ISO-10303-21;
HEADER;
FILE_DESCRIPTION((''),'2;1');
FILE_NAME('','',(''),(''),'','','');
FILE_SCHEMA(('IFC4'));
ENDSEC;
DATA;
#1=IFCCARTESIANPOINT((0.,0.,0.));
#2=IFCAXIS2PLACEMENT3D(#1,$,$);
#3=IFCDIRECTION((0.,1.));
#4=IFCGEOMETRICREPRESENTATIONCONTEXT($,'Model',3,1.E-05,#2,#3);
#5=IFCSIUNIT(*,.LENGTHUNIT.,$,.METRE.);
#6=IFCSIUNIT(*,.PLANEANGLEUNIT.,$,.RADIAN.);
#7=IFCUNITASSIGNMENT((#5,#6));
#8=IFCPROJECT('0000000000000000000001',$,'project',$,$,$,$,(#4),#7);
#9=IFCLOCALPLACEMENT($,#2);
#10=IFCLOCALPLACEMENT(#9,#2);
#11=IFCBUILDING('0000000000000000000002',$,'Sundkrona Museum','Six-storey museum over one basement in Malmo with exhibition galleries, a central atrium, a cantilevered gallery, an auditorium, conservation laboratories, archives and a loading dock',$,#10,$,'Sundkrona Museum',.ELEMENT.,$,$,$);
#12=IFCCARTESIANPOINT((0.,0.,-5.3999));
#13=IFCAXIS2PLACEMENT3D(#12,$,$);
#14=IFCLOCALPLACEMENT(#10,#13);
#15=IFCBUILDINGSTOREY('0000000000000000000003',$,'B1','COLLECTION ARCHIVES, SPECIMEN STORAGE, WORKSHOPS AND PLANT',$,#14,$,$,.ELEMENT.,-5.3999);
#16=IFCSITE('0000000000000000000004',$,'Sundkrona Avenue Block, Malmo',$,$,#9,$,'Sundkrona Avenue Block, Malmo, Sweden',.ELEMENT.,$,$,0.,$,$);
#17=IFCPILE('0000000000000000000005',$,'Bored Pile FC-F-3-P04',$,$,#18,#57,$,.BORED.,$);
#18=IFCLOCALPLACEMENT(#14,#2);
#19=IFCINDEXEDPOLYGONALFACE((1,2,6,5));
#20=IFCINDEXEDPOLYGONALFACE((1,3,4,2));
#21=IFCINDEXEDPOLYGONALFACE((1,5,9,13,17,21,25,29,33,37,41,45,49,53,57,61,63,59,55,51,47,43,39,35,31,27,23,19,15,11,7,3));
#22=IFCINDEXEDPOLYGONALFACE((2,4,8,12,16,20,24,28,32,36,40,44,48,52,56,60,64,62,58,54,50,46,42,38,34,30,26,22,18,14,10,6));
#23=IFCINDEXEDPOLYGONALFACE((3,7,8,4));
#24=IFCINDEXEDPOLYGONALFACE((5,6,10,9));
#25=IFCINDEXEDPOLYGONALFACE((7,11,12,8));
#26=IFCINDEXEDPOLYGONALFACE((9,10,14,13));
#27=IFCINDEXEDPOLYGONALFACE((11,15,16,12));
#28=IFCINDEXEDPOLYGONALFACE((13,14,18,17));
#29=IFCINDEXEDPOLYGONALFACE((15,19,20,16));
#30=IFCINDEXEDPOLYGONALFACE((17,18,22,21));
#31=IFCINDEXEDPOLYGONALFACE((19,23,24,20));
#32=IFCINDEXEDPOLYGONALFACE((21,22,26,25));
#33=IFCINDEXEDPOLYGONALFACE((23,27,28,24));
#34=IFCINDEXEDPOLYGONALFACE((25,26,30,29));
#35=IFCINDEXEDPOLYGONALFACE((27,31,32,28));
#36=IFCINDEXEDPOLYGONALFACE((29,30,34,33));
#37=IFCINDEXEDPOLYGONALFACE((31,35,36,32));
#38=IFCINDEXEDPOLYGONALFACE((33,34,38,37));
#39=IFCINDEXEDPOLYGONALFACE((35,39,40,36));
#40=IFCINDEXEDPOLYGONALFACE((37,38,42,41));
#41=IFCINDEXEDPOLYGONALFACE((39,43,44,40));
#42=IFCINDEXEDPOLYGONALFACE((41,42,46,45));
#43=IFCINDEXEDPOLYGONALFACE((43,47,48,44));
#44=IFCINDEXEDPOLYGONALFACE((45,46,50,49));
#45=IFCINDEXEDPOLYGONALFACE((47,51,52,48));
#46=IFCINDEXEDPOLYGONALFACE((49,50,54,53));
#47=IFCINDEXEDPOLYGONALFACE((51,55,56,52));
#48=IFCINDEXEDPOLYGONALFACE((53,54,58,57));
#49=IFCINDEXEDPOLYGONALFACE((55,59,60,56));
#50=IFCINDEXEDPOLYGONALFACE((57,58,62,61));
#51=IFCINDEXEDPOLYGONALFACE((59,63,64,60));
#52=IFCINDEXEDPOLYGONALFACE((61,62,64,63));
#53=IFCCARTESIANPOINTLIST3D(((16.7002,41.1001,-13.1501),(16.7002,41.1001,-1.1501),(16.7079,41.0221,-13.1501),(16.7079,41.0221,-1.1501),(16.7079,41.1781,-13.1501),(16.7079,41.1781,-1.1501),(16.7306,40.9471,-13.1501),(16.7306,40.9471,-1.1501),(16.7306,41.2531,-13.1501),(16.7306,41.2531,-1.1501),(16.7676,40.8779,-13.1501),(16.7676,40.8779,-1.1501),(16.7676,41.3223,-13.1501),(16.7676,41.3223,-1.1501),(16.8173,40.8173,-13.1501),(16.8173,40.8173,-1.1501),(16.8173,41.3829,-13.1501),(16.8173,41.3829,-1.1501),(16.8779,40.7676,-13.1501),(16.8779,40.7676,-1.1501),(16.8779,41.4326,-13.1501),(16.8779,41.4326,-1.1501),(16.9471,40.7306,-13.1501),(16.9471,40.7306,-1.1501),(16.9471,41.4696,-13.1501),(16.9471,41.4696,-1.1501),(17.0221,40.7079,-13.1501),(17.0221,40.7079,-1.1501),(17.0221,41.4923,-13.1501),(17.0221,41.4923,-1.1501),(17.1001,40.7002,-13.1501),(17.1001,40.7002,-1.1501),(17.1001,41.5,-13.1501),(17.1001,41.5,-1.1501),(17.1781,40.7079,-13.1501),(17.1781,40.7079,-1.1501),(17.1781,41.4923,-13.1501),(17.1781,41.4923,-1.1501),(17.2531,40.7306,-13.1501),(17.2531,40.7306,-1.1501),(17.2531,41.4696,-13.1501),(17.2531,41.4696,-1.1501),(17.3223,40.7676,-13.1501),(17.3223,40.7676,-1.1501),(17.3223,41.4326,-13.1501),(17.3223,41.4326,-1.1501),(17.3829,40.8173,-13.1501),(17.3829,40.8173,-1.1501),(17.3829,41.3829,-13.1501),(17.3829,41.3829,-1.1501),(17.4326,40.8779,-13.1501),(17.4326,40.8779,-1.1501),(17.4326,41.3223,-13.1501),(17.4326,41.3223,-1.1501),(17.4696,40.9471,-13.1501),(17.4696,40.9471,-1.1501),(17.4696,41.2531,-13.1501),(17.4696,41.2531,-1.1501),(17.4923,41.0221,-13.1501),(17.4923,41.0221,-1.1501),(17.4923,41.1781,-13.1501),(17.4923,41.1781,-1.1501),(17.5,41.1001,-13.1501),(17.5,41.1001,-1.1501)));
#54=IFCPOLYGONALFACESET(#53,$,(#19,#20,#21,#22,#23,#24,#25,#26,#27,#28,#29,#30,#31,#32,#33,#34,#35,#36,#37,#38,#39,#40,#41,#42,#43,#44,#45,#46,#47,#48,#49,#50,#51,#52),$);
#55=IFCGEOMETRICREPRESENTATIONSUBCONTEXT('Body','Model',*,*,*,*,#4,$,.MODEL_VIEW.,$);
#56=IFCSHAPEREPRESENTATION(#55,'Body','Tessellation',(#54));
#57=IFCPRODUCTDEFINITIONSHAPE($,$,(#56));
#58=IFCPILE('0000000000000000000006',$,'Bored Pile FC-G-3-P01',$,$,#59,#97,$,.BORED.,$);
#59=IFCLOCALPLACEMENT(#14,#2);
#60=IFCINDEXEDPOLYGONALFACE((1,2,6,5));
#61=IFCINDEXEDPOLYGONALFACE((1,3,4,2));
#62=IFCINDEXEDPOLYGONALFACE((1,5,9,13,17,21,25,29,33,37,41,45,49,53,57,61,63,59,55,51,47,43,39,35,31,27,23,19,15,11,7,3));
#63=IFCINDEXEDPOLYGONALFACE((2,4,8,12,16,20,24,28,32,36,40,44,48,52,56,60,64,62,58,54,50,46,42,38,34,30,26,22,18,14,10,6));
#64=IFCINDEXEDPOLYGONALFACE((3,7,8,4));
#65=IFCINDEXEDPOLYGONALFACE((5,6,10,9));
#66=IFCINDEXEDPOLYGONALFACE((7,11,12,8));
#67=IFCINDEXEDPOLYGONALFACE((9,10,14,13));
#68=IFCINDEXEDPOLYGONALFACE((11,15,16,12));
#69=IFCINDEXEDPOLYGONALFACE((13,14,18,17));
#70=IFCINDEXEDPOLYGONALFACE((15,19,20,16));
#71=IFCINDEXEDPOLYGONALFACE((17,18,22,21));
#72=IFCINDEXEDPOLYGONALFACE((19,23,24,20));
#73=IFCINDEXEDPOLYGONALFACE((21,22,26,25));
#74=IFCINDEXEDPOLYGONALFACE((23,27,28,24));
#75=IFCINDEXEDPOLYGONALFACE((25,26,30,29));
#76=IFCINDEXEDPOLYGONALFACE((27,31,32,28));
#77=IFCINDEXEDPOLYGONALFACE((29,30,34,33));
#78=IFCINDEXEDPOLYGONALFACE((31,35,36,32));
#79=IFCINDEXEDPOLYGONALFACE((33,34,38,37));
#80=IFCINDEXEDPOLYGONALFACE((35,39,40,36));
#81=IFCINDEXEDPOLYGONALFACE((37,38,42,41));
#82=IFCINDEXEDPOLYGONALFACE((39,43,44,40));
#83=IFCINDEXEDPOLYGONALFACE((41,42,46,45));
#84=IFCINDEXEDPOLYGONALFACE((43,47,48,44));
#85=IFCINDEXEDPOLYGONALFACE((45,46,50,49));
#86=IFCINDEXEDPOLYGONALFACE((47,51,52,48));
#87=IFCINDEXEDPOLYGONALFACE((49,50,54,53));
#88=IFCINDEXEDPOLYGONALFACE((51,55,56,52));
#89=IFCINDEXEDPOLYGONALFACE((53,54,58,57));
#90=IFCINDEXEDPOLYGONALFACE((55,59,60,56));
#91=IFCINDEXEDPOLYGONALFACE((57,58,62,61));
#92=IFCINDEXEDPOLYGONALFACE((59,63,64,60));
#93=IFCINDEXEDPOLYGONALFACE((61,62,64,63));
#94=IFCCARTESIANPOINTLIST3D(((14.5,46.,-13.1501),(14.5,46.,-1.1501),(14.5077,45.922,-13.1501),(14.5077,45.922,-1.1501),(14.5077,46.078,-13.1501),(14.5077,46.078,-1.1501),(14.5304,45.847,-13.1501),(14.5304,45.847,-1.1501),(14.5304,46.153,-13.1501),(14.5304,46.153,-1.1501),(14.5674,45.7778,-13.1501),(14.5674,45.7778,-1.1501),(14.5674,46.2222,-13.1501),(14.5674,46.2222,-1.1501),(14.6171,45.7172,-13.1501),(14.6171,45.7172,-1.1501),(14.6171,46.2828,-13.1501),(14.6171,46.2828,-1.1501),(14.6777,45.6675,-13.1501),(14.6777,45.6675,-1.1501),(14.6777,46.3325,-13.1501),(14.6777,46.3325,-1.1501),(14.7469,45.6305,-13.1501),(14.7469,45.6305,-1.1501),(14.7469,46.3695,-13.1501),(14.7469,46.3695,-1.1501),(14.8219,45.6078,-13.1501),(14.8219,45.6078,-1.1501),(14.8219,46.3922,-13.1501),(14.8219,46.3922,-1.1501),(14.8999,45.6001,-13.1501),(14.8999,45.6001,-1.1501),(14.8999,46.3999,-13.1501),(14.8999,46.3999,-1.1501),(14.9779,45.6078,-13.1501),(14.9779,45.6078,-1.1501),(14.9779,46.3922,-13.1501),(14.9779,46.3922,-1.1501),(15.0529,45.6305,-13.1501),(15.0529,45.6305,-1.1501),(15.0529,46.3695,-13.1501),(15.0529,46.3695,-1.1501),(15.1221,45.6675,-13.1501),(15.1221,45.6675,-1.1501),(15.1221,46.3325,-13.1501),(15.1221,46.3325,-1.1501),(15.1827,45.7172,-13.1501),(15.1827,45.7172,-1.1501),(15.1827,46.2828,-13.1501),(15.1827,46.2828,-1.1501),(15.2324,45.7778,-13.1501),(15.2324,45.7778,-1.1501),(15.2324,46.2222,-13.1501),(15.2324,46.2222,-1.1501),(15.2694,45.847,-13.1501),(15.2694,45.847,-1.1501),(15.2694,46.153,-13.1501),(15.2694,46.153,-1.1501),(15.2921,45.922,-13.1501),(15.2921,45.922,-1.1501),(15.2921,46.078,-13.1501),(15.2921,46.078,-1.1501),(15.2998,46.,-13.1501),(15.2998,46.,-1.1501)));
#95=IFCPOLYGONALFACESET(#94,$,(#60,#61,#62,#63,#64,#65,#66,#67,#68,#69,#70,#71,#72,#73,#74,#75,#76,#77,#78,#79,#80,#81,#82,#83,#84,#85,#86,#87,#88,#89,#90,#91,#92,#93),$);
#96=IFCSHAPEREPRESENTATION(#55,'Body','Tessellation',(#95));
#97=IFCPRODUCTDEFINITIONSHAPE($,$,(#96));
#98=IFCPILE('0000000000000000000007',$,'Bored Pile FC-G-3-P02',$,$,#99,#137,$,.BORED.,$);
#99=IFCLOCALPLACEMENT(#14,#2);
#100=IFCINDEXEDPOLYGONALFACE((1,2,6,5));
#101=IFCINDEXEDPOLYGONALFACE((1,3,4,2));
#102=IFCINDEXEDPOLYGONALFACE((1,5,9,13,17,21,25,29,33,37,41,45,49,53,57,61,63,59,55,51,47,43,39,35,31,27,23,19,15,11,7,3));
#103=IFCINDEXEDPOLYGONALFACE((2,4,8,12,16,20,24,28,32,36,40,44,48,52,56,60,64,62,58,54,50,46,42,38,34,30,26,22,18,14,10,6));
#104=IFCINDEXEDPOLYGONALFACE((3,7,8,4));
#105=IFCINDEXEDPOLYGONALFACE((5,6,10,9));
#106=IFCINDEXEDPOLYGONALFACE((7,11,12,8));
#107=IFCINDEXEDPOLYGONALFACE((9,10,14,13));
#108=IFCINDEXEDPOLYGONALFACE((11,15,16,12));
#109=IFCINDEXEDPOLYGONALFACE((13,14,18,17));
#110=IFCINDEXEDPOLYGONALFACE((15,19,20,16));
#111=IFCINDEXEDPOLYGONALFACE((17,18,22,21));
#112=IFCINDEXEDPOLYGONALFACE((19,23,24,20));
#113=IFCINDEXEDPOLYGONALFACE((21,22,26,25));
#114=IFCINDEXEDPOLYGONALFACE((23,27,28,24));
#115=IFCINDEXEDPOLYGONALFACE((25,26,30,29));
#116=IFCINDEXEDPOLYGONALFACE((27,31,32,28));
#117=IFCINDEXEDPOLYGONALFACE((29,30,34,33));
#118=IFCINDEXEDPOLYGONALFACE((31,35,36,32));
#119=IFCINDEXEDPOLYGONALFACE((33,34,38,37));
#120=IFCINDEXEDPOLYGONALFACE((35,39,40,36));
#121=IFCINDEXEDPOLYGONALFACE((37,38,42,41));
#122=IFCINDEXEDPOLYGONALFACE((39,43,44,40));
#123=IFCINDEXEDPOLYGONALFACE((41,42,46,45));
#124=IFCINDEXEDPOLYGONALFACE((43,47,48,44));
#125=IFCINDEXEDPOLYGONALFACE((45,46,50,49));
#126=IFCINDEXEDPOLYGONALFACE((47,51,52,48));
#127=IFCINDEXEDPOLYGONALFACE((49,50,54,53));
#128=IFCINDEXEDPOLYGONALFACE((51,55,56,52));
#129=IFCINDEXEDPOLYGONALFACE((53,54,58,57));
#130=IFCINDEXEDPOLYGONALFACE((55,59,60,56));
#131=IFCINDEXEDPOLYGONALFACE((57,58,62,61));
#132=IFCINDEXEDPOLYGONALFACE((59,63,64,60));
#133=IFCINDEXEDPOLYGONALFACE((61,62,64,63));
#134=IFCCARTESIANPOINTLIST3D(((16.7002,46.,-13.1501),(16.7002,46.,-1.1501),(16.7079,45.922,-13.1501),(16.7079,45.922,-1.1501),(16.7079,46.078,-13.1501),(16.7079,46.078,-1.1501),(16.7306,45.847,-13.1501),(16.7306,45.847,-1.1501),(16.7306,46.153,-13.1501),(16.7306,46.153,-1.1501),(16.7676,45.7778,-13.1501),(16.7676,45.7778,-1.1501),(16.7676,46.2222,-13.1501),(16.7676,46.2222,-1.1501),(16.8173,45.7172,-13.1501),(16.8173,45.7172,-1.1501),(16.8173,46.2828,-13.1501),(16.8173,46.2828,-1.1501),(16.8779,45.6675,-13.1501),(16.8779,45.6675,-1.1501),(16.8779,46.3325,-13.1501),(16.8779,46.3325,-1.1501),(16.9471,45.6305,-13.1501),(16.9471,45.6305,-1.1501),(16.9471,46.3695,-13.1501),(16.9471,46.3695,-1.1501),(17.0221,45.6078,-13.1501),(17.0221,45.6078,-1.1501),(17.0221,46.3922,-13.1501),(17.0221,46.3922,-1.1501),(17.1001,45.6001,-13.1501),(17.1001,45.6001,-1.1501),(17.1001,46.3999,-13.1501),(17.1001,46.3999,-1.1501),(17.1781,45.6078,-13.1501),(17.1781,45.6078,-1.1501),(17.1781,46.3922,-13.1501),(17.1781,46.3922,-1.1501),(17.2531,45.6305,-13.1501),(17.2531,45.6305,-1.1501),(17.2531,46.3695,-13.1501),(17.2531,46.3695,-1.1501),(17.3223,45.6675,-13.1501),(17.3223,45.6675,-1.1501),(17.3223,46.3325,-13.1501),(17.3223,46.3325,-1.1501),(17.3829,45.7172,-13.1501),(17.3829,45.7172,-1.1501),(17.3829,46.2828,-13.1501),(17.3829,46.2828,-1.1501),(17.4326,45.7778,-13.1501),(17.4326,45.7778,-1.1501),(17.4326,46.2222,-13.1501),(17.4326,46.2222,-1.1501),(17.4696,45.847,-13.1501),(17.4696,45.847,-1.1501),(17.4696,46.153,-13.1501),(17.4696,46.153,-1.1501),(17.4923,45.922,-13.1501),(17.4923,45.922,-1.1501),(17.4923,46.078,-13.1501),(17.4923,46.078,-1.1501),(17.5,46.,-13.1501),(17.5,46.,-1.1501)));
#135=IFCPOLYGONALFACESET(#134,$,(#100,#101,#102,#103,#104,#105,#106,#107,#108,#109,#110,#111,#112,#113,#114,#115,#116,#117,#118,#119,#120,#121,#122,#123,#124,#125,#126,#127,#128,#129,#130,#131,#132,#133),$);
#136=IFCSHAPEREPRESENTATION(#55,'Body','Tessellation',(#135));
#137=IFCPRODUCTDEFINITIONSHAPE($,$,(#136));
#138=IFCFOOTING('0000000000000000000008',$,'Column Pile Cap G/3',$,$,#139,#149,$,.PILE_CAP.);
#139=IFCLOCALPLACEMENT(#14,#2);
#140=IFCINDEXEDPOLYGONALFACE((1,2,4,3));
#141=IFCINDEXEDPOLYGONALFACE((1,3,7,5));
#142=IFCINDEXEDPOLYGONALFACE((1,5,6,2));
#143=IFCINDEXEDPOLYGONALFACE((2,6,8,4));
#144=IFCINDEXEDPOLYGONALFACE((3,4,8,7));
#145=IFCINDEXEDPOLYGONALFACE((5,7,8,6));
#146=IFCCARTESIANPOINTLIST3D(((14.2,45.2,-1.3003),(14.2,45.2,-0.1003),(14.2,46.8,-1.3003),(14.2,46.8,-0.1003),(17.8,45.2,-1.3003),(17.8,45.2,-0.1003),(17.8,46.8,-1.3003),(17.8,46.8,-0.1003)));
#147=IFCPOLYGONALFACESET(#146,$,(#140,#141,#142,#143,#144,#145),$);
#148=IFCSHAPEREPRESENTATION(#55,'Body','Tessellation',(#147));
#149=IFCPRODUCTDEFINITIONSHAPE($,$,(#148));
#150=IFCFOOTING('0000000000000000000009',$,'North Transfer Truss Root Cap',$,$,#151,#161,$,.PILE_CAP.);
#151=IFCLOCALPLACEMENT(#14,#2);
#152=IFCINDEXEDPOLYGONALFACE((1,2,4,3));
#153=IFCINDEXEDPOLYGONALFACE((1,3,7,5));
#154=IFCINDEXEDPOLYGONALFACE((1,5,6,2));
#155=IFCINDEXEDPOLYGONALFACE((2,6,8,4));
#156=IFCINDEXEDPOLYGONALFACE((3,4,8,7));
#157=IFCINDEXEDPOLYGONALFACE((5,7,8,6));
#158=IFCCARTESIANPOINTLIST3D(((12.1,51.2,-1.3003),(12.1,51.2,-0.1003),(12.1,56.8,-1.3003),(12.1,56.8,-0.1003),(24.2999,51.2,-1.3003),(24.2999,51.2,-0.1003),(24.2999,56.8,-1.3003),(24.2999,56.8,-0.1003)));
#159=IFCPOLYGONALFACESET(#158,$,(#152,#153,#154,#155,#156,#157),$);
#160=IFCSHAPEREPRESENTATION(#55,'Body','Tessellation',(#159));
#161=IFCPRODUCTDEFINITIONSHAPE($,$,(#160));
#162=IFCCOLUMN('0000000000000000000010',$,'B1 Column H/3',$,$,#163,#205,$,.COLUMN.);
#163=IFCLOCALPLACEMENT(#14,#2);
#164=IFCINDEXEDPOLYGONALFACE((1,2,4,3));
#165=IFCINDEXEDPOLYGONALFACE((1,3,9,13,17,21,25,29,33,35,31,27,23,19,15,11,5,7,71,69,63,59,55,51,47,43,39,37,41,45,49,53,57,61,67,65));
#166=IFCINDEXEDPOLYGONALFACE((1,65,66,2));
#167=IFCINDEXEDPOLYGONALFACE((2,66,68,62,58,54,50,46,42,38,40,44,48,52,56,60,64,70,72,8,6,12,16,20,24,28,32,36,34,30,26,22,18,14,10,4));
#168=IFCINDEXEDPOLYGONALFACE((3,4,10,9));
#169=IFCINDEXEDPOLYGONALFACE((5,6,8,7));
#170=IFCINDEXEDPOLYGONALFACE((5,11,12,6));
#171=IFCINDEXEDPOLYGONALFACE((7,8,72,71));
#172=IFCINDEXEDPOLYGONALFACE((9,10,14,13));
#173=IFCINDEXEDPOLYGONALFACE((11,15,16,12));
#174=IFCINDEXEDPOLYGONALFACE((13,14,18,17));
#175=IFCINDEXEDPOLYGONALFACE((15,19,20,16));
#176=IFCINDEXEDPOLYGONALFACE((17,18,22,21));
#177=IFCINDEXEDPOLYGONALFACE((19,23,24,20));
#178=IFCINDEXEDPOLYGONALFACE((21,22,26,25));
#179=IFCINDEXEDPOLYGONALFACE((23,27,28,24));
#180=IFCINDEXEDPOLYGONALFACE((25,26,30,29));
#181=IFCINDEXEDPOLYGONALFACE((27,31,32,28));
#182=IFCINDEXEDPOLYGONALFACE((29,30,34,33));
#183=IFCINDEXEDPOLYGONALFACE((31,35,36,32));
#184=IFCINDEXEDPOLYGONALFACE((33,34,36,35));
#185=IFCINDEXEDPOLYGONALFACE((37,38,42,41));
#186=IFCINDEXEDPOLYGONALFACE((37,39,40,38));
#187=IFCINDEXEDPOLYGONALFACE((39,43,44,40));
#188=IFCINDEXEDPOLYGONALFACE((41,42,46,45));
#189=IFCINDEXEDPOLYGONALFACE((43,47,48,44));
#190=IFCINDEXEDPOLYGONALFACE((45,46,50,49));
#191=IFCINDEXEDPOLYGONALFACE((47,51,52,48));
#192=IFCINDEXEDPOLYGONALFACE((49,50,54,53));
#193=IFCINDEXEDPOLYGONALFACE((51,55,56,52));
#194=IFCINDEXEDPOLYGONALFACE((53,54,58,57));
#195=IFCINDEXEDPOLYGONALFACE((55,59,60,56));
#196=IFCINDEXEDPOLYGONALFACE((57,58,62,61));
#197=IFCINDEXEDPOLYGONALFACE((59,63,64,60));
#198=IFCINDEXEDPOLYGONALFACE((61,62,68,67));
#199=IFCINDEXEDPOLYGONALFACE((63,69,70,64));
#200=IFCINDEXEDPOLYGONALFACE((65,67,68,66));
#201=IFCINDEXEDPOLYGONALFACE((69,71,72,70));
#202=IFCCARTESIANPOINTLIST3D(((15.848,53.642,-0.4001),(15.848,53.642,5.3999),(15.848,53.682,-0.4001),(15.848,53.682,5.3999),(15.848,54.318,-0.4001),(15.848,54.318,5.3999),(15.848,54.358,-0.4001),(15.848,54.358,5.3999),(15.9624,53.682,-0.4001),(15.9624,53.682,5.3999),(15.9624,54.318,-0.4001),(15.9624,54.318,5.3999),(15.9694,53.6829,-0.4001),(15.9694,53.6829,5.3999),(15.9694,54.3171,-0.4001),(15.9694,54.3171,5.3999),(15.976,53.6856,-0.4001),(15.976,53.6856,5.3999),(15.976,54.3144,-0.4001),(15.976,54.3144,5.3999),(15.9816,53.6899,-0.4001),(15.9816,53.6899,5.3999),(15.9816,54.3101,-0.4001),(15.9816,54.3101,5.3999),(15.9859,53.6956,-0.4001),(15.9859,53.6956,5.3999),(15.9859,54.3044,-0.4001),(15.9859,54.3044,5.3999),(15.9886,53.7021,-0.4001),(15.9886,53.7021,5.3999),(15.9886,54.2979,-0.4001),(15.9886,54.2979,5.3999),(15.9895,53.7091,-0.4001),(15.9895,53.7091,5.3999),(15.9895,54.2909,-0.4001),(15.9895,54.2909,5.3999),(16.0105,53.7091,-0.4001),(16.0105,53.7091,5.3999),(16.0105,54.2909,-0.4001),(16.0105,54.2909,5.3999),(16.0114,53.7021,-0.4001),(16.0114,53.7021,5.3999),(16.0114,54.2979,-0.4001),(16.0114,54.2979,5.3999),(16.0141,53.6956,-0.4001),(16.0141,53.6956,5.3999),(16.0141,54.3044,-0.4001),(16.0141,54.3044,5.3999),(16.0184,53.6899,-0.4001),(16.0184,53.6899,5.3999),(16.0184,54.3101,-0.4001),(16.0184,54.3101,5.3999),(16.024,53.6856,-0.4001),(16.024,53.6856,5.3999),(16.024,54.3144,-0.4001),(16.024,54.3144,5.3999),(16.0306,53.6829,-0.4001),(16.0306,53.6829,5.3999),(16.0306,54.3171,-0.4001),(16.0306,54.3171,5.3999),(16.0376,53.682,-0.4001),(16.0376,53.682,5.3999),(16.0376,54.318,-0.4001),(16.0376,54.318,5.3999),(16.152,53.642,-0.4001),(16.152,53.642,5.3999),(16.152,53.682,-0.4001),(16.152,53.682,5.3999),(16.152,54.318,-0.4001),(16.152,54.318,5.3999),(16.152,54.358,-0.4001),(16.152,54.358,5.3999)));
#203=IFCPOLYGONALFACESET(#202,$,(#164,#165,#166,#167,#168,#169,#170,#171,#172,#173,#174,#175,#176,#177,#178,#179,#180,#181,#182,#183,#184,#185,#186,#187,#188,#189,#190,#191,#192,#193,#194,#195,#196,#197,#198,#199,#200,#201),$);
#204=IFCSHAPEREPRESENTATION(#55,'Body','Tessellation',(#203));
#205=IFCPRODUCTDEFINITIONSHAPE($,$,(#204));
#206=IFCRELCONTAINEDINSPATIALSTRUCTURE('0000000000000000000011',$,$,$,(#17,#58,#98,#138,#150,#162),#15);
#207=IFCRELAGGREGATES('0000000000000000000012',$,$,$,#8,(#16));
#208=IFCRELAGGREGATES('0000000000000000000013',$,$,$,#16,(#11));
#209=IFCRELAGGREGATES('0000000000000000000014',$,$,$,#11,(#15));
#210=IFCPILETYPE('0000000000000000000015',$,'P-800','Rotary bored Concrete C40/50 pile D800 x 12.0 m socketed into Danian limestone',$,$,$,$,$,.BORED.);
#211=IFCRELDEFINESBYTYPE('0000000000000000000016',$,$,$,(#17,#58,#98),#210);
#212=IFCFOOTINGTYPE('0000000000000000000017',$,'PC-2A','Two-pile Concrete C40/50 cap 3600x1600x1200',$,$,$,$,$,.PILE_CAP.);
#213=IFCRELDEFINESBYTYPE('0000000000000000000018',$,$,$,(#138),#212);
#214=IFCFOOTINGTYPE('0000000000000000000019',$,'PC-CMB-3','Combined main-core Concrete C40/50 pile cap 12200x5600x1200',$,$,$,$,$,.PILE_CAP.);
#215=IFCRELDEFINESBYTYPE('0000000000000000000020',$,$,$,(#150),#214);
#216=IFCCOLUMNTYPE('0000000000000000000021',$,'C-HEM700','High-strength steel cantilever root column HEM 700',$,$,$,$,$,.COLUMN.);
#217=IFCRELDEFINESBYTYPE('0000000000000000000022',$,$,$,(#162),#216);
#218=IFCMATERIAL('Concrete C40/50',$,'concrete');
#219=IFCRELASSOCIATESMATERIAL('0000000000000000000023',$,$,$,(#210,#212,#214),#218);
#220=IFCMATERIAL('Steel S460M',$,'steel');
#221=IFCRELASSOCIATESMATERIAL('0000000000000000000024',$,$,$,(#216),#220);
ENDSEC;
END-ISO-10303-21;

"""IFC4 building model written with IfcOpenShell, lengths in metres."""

from ifc_helpers import new_model, si_unit, direction, frame, origin, origin_2d, place, context, subcontext, project, spatial, rectangle, circle, i_section, extrude, material, material_profile, profile_set, type_object, element, save


model = new_model("IFC4")

# Units and contexts
model_context = context("Model", 3, precision=1e-05, world=origin(), true_north=direction((0.0, 1.0)))
body_context = subcontext(model_context, "Body", "Model", "MODEL_VIEW")
ifc_project = project(units=[si_unit("LENGTHUNIT", "METRE"), si_unit("PLANEANGLEUNIT", "RADIAN")], contexts=[model_context])

# Site, building, storey
site_placement = place(None, origin())
site = spatial("IfcSite", under=ifc_project, at=site_placement, Name="Sundkrona Avenue Block, Malmo", LongName="Sundkrona Avenue Block, Malmo, Sweden", CompositionType="ELEMENT", RefElevation=0.0)
building_placement = place(site_placement, origin())
building = spatial("IfcBuilding", under=site, at=building_placement, Name="Sundkrona Museum", Description="Six-storey museum over one basement in Malmo with exhibition galleries, a central atrium, a cantilevered gallery, an auditorium, conservation laboratories, archives and a loading dock", LongName="Sundkrona Museum", CompositionType="ELEMENT")
storey_placement = place(building_placement, frame((0.0, 0.0, -5.3999)))
storey = spatial("IfcBuildingStorey", under=building, at=storey_placement, Name="B1", Description="COLLECTION ARCHIVES, SPECIMEN STORAGE, WORKSHOPS AND PLANT", CompositionType="ELEMENT", Elevation=-5.3999)

# Shared definitions
ifc_material_1 = material(Name="Concrete C40/50", Category="concrete")

# Piles
ifc_material_profile_1 = material_profile(ifc_material_1, circle(Radius=0.3999, at=origin_2d()), Name="PILE D800")
ifc_profile_set_1 = profile_set([ifc_material_profile_1], Name="Concrete C40/50")
pile_type_1 = type_object("IfcPileType", Name="P-800", Description="Rotary bored Concrete C40/50 pile D800 x 12.0 m socketed into Danian limestone", PredefinedType="BORED", material=ifc_profile_set_1)
for number, where, z_axis, x_axis, name in (
    (1, (17.1001, 41.1001, -1.1501), (0.0, 0.0, -1.0), (1.0, 0.0, 0.0), "Bored Pile FC-F-3-P04"),
    (2, (14.8999, 46.0, -1.1501), (0.0, 0.0, -1.0), (1.0, 0.0, 0.0), "Bored Pile FC-G-3-P01"),
    (3, (17.1001, 46.0, -1.1501), (0.0, 0.0, -1.0), (1.0, 0.0, 0.0), "Bored Pile FC-G-3-P02"),
):
    element("IfcPile", number, at=place(storey_placement, frame(where, z_axis=z_axis, x_axis=x_axis)), inside=storey, type_object=pile_type_1, Name=name, PredefinedType="BORED", context=body_context, shape_type="SweptSolid", body=[
        extrude(circle(Radius=0.3999, at=origin_2d()), origin(), (0.0, 0.0, 1.0), 12.0),
    ])

# Footings
footing_type_1 = type_object("IfcFootingType", Name="PC-2A", Description="Two-pile Concrete C40/50 cap 3600x1600x1200", PredefinedType="PILE_CAP", material=ifc_material_1)
footing_1_placement = place(storey_placement, frame((16.0, 46.0, -1.3003), z_axis=(0.0, 0.0, 1.0), x_axis=(1.0, 0.0, 0.0)))
element("IfcFooting", 4, at=footing_1_placement, inside=storey, type_object=footing_type_1, Name="Column Pile Cap G/3", PredefinedType="PILE_CAP", context=body_context, shape_type="SweptSolid", body=[
    extrude(rectangle(XDim=3.6001, YDim=1.6001, at=origin_2d()), origin(), (0.0, 0.0, 1.0), 1.2),
])
footing_type_2 = type_object("IfcFootingType", Name="PC-CMB-3", Description="Combined main-core Concrete C40/50 pile cap 12200x5600x1200", PredefinedType="PILE_CAP", material=ifc_material_1)
footing_2_placement = place(storey_placement, frame((18.2, 54.0, -1.3003), z_axis=(0.0, 0.0, 1.0), x_axis=(1.0, 0.0, 0.0)))
element("IfcFooting", 5, at=footing_2_placement, inside=storey, type_object=footing_type_2, Name="North Transfer Truss Root Cap", PredefinedType="PILE_CAP", context=body_context, shape_type="SweptSolid", body=[
    extrude(rectangle(XDim=12.2, YDim=5.6001, at=origin_2d()), origin(), (0.0, 0.0, 1.0), 1.2),
])

# Column
ifc_material_2 = material(Name="Steel S460M", Category="steel")
ifc_material_profile_2 = material_profile(ifc_material_2, i_section(OverallWidth=0.304, OverallDepth=0.7161, WebThickness=0.021, FlangeThickness=0.04, FilletRadius=0.0271, at=origin_2d()), Name="HEM 700")
ifc_profile_set_2 = profile_set([ifc_material_profile_2], Name="Steel S460M")
column_type_1 = type_object("IfcColumnType", Name="C-HEM700", Description="High-strength steel cantilever root column HEM 700", PredefinedType="COLUMN", material=ifc_profile_set_2)
column_placement = place(storey_placement, frame((16.0, 54.0, -0.4001), z_axis=(0.0, 0.0, 1.0), x_axis=(1.0, 0.0, 0.0)))
element("IfcColumn", 6, at=column_placement, inside=storey, type_object=column_type_1, Name="B1 Column H/3", PredefinedType="COLUMN", context=body_context, shape_type="SweptSolid", body=[
    extrude(i_section(OverallWidth=0.304, OverallDepth=0.7161, WebThickness=0.021, FlangeThickness=0.04, FilletRadius=0.0271, at=origin_2d()), origin(), (0.0, 0.0, 1.0), 5.8),
])

save(model, "model.ifc")
